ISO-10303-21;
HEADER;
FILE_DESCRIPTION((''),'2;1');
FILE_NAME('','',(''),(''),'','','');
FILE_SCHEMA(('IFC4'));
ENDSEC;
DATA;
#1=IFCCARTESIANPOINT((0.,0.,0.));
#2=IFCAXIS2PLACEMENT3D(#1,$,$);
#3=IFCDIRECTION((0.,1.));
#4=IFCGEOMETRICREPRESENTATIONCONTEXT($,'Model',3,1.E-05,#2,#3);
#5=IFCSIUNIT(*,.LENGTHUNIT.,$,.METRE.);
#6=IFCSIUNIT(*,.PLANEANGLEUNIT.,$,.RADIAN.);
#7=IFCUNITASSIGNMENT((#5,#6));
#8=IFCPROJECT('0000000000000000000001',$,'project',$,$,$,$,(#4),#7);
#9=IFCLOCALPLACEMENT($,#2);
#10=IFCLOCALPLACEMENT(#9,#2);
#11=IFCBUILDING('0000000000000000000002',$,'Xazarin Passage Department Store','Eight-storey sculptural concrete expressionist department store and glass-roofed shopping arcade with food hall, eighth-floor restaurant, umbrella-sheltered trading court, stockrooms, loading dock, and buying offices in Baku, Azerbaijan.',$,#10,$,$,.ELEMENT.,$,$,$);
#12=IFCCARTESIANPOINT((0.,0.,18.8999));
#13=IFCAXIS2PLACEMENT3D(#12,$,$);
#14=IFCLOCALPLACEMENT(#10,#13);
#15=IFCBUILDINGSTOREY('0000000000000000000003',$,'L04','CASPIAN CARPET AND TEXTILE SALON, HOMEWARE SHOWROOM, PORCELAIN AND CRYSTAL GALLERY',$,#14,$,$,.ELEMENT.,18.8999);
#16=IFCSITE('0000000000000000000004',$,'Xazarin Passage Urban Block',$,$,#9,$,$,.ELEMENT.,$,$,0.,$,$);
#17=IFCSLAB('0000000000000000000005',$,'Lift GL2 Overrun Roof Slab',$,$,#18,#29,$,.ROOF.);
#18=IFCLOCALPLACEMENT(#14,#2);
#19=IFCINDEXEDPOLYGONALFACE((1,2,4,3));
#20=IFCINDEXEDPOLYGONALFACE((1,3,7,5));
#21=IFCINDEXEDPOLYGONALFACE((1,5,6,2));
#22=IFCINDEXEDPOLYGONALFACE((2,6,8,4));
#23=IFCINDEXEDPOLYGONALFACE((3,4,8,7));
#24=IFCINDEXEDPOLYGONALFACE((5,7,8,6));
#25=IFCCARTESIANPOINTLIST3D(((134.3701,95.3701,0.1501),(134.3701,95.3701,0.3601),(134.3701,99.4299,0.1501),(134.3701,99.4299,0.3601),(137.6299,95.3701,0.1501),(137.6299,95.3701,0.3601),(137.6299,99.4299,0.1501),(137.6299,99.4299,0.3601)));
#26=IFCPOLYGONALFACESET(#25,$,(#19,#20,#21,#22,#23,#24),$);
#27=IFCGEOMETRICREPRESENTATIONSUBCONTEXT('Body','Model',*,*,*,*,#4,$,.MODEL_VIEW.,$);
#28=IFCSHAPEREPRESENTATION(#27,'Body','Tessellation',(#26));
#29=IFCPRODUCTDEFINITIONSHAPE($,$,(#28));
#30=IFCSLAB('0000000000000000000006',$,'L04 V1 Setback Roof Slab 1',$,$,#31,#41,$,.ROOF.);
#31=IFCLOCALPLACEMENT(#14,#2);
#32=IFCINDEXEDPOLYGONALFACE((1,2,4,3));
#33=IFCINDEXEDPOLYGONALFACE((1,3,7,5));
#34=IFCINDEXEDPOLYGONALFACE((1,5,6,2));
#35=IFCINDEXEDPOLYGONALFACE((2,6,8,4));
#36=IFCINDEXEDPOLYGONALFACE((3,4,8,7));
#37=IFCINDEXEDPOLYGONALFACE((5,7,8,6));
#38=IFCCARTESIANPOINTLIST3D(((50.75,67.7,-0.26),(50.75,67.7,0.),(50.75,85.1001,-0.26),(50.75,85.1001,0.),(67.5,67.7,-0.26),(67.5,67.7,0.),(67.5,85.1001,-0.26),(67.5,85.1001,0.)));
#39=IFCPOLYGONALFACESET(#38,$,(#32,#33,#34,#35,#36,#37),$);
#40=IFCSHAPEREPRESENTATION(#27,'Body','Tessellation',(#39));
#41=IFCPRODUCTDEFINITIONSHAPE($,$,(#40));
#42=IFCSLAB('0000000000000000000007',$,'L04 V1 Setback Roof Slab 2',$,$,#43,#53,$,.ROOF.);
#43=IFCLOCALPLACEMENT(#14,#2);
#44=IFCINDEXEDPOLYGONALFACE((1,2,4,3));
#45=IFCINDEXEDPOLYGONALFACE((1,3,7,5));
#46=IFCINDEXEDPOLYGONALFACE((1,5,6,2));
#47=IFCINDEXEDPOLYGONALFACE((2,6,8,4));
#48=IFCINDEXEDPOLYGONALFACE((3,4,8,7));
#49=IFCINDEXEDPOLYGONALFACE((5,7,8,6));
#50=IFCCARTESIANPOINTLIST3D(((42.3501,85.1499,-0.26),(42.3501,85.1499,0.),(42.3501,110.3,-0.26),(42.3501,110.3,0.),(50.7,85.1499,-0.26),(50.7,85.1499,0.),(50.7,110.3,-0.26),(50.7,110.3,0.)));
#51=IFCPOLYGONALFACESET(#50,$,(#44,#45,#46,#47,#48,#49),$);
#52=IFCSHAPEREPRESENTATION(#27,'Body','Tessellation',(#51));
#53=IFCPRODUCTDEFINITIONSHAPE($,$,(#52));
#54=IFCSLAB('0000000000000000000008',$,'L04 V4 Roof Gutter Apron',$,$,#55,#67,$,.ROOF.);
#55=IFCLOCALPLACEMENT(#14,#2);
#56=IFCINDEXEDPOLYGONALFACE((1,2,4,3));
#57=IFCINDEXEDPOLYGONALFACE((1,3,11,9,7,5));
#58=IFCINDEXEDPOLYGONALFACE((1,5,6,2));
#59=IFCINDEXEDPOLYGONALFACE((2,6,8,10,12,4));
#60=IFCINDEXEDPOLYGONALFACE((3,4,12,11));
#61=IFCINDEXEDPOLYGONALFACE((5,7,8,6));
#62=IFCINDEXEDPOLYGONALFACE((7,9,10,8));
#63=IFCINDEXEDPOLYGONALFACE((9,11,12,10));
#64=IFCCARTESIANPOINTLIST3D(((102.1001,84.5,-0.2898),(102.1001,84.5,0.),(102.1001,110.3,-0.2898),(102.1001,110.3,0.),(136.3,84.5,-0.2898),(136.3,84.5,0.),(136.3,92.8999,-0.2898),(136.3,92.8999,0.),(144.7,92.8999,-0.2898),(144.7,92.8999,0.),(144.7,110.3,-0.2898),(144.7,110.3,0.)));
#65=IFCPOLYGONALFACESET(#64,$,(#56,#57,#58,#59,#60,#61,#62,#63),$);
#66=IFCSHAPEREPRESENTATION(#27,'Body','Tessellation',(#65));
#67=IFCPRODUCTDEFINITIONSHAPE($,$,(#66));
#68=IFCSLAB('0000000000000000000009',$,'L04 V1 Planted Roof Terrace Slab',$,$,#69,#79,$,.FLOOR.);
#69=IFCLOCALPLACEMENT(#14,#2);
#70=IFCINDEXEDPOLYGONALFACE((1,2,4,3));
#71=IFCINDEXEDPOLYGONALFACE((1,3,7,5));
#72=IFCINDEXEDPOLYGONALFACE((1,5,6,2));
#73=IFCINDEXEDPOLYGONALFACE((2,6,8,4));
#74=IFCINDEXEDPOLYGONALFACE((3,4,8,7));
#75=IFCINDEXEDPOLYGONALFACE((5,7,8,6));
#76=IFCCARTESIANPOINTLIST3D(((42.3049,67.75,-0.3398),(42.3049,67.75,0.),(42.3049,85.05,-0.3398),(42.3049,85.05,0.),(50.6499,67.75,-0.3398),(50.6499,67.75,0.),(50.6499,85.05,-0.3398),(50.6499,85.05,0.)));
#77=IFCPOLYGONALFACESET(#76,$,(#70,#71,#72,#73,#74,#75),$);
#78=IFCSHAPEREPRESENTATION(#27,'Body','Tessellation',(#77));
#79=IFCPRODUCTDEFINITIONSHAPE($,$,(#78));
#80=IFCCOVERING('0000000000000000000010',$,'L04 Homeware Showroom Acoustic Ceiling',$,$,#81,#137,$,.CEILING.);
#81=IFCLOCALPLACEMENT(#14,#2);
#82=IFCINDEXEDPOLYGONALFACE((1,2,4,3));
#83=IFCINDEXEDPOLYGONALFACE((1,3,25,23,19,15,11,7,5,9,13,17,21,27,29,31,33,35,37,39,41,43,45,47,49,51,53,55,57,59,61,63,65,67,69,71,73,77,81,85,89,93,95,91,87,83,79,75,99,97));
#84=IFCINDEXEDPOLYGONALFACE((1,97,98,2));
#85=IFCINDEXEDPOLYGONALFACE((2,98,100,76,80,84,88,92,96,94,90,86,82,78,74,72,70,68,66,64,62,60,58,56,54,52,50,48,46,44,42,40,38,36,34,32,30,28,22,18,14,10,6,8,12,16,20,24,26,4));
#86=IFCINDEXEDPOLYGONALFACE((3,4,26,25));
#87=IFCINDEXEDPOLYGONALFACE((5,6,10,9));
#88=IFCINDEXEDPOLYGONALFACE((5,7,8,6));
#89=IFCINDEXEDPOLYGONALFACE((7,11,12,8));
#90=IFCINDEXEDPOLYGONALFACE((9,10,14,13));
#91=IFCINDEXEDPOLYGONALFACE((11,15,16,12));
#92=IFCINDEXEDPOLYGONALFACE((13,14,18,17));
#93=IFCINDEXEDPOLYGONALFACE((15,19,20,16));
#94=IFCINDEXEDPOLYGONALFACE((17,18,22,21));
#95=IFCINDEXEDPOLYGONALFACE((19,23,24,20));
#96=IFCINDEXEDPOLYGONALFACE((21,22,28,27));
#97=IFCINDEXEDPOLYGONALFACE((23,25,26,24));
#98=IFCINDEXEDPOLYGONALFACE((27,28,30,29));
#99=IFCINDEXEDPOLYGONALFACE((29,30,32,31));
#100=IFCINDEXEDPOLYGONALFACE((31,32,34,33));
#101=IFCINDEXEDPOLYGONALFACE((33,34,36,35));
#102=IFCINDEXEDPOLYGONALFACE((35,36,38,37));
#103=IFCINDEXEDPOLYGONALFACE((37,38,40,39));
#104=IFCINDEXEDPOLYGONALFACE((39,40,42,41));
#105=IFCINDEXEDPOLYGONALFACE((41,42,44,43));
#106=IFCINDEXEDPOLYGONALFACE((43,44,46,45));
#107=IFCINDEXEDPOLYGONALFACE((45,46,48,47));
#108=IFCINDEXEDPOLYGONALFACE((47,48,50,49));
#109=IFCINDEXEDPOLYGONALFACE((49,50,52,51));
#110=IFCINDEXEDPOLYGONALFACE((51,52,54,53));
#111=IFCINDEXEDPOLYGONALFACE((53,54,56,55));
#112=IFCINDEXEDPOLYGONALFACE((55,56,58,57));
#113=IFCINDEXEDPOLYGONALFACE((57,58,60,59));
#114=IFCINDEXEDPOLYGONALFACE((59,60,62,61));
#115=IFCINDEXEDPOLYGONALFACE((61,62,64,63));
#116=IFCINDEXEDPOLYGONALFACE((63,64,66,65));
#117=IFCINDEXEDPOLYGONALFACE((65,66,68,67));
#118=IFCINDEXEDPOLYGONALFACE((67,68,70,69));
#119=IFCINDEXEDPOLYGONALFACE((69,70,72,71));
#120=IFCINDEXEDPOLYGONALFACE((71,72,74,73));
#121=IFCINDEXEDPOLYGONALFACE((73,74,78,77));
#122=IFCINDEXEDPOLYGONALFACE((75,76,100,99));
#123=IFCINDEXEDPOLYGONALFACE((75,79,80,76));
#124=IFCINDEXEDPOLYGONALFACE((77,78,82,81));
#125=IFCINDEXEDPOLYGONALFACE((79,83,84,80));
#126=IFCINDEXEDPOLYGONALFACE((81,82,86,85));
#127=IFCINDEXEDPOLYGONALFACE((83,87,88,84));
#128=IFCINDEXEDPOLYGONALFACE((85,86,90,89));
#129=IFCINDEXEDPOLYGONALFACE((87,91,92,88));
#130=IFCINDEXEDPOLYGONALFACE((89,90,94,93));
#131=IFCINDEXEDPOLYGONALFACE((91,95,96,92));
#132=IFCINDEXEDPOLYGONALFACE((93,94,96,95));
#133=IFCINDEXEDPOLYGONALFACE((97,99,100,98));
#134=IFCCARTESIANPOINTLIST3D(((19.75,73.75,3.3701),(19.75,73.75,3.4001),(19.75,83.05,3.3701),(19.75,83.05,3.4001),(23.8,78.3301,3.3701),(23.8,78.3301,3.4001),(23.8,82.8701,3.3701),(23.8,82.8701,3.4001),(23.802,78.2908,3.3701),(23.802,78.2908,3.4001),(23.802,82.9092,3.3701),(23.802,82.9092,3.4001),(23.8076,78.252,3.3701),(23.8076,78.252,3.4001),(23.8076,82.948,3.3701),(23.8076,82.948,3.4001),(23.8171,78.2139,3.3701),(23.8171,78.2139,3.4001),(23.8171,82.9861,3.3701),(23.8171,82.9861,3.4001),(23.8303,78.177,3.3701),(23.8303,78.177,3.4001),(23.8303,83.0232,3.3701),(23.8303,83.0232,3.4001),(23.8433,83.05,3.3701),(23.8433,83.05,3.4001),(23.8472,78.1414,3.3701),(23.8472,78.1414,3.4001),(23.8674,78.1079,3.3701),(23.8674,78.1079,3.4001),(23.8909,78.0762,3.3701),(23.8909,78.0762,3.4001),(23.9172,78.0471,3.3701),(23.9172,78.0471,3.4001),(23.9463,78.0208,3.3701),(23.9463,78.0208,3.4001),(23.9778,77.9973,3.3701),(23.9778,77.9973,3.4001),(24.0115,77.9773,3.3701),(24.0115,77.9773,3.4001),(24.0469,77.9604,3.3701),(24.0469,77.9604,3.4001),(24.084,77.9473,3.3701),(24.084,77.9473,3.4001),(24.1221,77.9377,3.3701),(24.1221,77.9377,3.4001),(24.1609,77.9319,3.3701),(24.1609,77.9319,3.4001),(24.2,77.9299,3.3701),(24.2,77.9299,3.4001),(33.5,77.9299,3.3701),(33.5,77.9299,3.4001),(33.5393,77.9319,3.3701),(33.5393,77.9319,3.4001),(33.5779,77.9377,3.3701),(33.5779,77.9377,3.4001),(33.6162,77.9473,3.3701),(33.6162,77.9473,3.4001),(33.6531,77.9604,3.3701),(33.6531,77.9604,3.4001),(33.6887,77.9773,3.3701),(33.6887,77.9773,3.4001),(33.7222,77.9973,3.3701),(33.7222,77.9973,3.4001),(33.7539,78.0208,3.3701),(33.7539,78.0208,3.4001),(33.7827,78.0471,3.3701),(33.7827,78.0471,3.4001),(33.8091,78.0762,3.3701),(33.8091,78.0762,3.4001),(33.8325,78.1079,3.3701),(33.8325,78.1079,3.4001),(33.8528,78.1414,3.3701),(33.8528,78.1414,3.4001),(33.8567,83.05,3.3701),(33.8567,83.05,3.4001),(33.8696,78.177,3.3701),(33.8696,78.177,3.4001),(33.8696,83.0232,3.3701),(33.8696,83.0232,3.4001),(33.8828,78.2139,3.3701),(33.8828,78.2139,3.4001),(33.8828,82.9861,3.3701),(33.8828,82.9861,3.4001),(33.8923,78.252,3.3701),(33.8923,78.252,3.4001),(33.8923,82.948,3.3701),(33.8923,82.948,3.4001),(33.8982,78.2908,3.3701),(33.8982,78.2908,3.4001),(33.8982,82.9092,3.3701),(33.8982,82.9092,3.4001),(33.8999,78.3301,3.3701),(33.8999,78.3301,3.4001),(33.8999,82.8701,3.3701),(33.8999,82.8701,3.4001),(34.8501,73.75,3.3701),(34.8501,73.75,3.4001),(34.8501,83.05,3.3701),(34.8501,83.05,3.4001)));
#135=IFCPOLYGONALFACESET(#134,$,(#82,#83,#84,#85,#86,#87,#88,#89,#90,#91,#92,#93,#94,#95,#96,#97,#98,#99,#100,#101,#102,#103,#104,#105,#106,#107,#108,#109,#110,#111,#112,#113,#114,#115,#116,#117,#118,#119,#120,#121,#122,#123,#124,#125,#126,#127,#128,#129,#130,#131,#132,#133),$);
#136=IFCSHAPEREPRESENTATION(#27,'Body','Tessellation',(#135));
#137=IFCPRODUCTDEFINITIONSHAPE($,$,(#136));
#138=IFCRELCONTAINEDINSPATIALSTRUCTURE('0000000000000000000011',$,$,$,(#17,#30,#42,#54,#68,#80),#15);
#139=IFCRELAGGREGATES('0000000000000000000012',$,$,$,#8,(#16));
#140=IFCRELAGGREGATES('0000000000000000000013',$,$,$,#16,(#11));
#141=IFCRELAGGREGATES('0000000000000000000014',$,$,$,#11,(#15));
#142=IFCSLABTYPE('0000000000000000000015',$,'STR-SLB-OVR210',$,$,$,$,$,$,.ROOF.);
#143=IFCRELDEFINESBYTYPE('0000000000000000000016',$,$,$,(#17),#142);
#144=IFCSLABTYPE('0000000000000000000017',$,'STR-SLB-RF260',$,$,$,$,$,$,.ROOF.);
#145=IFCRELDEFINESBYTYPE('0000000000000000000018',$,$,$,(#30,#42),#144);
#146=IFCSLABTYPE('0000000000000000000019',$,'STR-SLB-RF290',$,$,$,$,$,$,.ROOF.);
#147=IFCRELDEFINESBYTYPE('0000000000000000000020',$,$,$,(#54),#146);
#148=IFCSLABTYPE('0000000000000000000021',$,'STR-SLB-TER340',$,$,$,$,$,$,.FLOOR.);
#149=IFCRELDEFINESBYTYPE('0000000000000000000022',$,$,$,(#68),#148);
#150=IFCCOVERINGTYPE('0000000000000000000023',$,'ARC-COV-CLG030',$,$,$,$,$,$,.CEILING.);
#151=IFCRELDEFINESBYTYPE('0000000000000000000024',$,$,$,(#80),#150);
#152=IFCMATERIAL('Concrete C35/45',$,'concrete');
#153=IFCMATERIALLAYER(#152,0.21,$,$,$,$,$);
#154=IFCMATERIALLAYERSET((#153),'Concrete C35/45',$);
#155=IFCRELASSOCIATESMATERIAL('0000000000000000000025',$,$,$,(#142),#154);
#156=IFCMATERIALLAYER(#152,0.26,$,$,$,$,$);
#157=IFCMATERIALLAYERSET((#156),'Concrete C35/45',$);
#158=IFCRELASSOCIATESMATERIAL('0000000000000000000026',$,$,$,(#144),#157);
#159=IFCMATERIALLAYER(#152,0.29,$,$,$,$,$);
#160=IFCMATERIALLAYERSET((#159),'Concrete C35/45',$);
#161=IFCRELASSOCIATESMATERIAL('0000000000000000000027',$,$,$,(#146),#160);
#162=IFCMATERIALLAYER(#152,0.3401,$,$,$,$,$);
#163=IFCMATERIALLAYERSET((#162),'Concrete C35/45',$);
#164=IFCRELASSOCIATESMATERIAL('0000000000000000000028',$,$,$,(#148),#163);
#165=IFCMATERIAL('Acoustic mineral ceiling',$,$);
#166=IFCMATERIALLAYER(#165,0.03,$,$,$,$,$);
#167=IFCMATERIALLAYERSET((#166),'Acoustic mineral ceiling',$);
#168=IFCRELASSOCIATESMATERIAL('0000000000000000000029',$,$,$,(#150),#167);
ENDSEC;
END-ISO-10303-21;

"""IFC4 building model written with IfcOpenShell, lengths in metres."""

from ifc_helpers import new_model, si_unit, direction, frame, origin, place, context, subcontext, project, spatial, polyline, outline, extrude, material, layer, layer_set, type_object, element, save


model = new_model("IFC4")

# Units and contexts
model_context = context("Model", 3, precision=1e-05, world=origin(), true_north=direction((0.0, 1.0)))
body_context = subcontext(model_context, "Body", "Model", "MODEL_VIEW")
ifc_project = project(units=[si_unit("LENGTHUNIT", "METRE"), si_unit("PLANEANGLEUNIT", "RADIAN")], contexts=[model_context])

# Site, building, storey
site_placement = place(None, origin())
site = spatial("IfcSite", under=ifc_project, at=site_placement, Name="Xazarin Passage Urban Block", CompositionType="ELEMENT", RefElevation=0.0)
building_placement = place(site_placement, origin())
building = spatial("IfcBuilding", under=site, at=building_placement, Name="Xazarin Passage Department Store", Description="Eight-storey sculptural concrete expressionist department store and glass-roofed shopping arcade with food hall, eighth-floor restaurant, umbrella-sheltered trading court, stockrooms, loading dock, and buying offices in Baku, Azerbaijan.", CompositionType="ELEMENT")
storey_placement = place(building_placement, frame((0.0, 0.0, 18.8999)))
storey = spatial("IfcBuildingStorey", under=building, at=storey_placement, Name="L04", Description="CASPIAN CARPET AND TEXTILE SALON, HOMEWARE SHOWROOM, PORCELAIN AND CRYSTAL GALLERY", CompositionType="ELEMENT", Elevation=18.8999)

# Shared definitions
ifc_material_1 = material(Name="Concrete C35/45", Category="concrete")

# Slabs
ifc_layer_1 = layer(ifc_material_1, 0.21)
ifc_layer_set_1 = layer_set([ifc_layer_1], Name="Concrete C35/45")
slab_type_1 = type_object("IfcSlabType", Name="STR-SLB-OVR210", PredefinedType="ROOF", material=ifc_layer_set_1)
slab_1_placement = place(storey_placement, frame((0.0, 0.0, 0.1501)))
element("IfcSlab", 1, at=slab_1_placement, inside=storey, type_object=slab_type_1, Name="Lift GL2 Overrun Roof Slab", PredefinedType="ROOF", context=body_context, shape_type="SweptSolid", body=[
    extrude(outline(polyline([(134.3701, 95.3701), (137.6299, 95.3701), (137.6299, 99.4299), (134.3701, 99.4299), (134.3701, 95.3701)])), origin(), (0.0, 0.0, 1.0), 0.21),
])
ifc_layer_2 = layer(ifc_material_1, 0.26)
ifc_layer_set_2 = layer_set([ifc_layer_2], Name="Concrete C35/45")
slab_type_2 = type_object("IfcSlabType", Name="STR-SLB-RF260", PredefinedType="ROOF", material=ifc_layer_set_2)
slab_2_placement = place(storey_placement, frame((0.0, 0.0, -0.26)))
element("IfcSlab", 2, at=slab_2_placement, inside=storey, type_object=slab_type_2, Name="L04 V1 Setback Roof Slab 1", PredefinedType="ROOF", context=body_context, shape_type="SweptSolid", body=[
    extrude(outline(polyline([(67.5, 67.7), (67.5, 85.1001), (50.75, 85.1001), (50.75, 67.7), (67.5, 67.7)])), origin(), (0.0, 0.0, 1.0), 0.26),
])
slab_3_placement = place(storey_placement, frame((0.0, 0.0, -0.26)))
element("IfcSlab", 3, at=slab_3_placement, inside=storey, type_object=slab_type_2, Name="L04 V1 Setback Roof Slab 2", PredefinedType="ROOF", context=body_context, shape_type="SweptSolid", body=[
    extrude(outline(polyline([(42.3501, 110.3), (42.3501, 85.1499), (50.7, 85.1499), (50.7, 110.3), (42.3501, 110.3)])), origin(), (0.0, 0.0, 1.0), 0.26),
])
ifc_layer_3 = layer(ifc_material_1, 0.29)
ifc_layer_set_3 = layer_set([ifc_layer_3], Name="Concrete C35/45")
slab_type_3 = type_object("IfcSlabType", Name="STR-SLB-RF290", PredefinedType="ROOF", material=ifc_layer_set_3)
slab_4_placement = place(storey_placement, frame((0.0, 0.0, -0.2898)))
element("IfcSlab", 4, at=slab_4_placement, inside=storey, type_object=slab_type_3, Name="L04 V4 Roof Gutter Apron", PredefinedType="ROOF", context=body_context, shape_type="SweptSolid", body=[
    extrude(outline(polyline([(102.1001, 84.5), (136.3, 84.5), (136.3, 92.8999), (144.7, 92.8999), (144.7, 110.3), (102.1001, 110.3), (102.1001, 84.5)])), origin(), (0.0, 0.0, 1.0), 0.2898),
])
ifc_layer_4 = layer(ifc_material_1, 0.3401)
ifc_layer_set_4 = layer_set([ifc_layer_4], Name="Concrete C35/45")
slab_type_4 = type_object("IfcSlabType", Name="STR-SLB-TER340", PredefinedType="FLOOR", material=ifc_layer_set_4)
slab_5_placement = place(storey_placement, frame((0.0, 0.0, -0.3398)))
element("IfcSlab", 5, at=slab_5_placement, inside=storey, type_object=slab_type_4, Name="L04 V1 Planted Roof Terrace Slab", PredefinedType="FLOOR", context=body_context, shape_type="SweptSolid", body=[
    extrude(outline(polyline([(42.3049, 85.05), (42.3049, 67.75), (50.6499, 67.75), (50.6499, 85.05), (42.3049, 85.05)])), origin(), (0.0, 0.0, 1.0), 0.3398),
])

# Covering
ifc_material_2 = material(Name="Acoustic mineral ceiling")
ifc_layer_5 = layer(ifc_material_2, 0.03)
ifc_layer_set_5 = layer_set([ifc_layer_5], Name="Acoustic mineral ceiling")
covering_type_1 = type_object("IfcCoveringType", Name="ARC-COV-CLG030", PredefinedType="CEILING", material=ifc_layer_set_5)
covering_1_placement = place(storey_placement, frame((0.0, 0.0, 3.3701)))
element("IfcCovering", 6, at=covering_1_placement, inside=storey, type_object=covering_type_1, Name="L04 Homeware Showroom Acoustic Ceiling", PredefinedType="CEILING", context=body_context, shape_type="SweptSolid", body=[
    extrude(outline(polyline([(33.8567, 83.05), (33.8696, 83.0232), (33.8828, 82.9861), (33.8923, 82.948), (33.8982, 82.9092), (33.8999, 82.8701), (33.8999, 78.3301), (33.8982, 78.2908), (33.8923, 78.252), (33.8828, 78.2139), (33.8696, 78.177), (33.8528, 78.1414), (33.8325, 78.1079), (33.8091, 78.0762), (33.7827, 78.0471), (33.7539, 78.0208), (33.7222, 77.9973), (33.6887, 77.9773), (33.6531, 77.9604), (33.6162, 77.9473), (33.5779, 77.9377), (33.5393, 77.9319), (33.5, 77.9299), (24.2, 77.9299), (24.1609, 77.9319), (24.1221, 77.9377), (24.084, 77.9473), (24.0469, 77.9604), (24.0115, 77.9773), (23.9778, 77.9973), (23.9463, 78.0208), (23.9172, 78.0471), (23.8909, 78.0762), (23.8674, 78.1079), (23.8472, 78.1414), (23.8303, 78.177), (23.8171, 78.2139), (23.8076, 78.252), (23.802, 78.2908), (23.8, 78.3301), (23.8, 82.8701), (23.802, 82.9092), (23.8076, 82.948), (23.8171, 82.9861), (23.8303, 83.0232), (23.8433, 83.05), (19.75, 83.05), (19.75, 73.75), (34.8501, 73.75), (34.8501, 83.05), (33.8567, 83.05)])), origin(), (0.0, 0.0, 1.0), 0.03),
])

save(model, "model.ifc")
